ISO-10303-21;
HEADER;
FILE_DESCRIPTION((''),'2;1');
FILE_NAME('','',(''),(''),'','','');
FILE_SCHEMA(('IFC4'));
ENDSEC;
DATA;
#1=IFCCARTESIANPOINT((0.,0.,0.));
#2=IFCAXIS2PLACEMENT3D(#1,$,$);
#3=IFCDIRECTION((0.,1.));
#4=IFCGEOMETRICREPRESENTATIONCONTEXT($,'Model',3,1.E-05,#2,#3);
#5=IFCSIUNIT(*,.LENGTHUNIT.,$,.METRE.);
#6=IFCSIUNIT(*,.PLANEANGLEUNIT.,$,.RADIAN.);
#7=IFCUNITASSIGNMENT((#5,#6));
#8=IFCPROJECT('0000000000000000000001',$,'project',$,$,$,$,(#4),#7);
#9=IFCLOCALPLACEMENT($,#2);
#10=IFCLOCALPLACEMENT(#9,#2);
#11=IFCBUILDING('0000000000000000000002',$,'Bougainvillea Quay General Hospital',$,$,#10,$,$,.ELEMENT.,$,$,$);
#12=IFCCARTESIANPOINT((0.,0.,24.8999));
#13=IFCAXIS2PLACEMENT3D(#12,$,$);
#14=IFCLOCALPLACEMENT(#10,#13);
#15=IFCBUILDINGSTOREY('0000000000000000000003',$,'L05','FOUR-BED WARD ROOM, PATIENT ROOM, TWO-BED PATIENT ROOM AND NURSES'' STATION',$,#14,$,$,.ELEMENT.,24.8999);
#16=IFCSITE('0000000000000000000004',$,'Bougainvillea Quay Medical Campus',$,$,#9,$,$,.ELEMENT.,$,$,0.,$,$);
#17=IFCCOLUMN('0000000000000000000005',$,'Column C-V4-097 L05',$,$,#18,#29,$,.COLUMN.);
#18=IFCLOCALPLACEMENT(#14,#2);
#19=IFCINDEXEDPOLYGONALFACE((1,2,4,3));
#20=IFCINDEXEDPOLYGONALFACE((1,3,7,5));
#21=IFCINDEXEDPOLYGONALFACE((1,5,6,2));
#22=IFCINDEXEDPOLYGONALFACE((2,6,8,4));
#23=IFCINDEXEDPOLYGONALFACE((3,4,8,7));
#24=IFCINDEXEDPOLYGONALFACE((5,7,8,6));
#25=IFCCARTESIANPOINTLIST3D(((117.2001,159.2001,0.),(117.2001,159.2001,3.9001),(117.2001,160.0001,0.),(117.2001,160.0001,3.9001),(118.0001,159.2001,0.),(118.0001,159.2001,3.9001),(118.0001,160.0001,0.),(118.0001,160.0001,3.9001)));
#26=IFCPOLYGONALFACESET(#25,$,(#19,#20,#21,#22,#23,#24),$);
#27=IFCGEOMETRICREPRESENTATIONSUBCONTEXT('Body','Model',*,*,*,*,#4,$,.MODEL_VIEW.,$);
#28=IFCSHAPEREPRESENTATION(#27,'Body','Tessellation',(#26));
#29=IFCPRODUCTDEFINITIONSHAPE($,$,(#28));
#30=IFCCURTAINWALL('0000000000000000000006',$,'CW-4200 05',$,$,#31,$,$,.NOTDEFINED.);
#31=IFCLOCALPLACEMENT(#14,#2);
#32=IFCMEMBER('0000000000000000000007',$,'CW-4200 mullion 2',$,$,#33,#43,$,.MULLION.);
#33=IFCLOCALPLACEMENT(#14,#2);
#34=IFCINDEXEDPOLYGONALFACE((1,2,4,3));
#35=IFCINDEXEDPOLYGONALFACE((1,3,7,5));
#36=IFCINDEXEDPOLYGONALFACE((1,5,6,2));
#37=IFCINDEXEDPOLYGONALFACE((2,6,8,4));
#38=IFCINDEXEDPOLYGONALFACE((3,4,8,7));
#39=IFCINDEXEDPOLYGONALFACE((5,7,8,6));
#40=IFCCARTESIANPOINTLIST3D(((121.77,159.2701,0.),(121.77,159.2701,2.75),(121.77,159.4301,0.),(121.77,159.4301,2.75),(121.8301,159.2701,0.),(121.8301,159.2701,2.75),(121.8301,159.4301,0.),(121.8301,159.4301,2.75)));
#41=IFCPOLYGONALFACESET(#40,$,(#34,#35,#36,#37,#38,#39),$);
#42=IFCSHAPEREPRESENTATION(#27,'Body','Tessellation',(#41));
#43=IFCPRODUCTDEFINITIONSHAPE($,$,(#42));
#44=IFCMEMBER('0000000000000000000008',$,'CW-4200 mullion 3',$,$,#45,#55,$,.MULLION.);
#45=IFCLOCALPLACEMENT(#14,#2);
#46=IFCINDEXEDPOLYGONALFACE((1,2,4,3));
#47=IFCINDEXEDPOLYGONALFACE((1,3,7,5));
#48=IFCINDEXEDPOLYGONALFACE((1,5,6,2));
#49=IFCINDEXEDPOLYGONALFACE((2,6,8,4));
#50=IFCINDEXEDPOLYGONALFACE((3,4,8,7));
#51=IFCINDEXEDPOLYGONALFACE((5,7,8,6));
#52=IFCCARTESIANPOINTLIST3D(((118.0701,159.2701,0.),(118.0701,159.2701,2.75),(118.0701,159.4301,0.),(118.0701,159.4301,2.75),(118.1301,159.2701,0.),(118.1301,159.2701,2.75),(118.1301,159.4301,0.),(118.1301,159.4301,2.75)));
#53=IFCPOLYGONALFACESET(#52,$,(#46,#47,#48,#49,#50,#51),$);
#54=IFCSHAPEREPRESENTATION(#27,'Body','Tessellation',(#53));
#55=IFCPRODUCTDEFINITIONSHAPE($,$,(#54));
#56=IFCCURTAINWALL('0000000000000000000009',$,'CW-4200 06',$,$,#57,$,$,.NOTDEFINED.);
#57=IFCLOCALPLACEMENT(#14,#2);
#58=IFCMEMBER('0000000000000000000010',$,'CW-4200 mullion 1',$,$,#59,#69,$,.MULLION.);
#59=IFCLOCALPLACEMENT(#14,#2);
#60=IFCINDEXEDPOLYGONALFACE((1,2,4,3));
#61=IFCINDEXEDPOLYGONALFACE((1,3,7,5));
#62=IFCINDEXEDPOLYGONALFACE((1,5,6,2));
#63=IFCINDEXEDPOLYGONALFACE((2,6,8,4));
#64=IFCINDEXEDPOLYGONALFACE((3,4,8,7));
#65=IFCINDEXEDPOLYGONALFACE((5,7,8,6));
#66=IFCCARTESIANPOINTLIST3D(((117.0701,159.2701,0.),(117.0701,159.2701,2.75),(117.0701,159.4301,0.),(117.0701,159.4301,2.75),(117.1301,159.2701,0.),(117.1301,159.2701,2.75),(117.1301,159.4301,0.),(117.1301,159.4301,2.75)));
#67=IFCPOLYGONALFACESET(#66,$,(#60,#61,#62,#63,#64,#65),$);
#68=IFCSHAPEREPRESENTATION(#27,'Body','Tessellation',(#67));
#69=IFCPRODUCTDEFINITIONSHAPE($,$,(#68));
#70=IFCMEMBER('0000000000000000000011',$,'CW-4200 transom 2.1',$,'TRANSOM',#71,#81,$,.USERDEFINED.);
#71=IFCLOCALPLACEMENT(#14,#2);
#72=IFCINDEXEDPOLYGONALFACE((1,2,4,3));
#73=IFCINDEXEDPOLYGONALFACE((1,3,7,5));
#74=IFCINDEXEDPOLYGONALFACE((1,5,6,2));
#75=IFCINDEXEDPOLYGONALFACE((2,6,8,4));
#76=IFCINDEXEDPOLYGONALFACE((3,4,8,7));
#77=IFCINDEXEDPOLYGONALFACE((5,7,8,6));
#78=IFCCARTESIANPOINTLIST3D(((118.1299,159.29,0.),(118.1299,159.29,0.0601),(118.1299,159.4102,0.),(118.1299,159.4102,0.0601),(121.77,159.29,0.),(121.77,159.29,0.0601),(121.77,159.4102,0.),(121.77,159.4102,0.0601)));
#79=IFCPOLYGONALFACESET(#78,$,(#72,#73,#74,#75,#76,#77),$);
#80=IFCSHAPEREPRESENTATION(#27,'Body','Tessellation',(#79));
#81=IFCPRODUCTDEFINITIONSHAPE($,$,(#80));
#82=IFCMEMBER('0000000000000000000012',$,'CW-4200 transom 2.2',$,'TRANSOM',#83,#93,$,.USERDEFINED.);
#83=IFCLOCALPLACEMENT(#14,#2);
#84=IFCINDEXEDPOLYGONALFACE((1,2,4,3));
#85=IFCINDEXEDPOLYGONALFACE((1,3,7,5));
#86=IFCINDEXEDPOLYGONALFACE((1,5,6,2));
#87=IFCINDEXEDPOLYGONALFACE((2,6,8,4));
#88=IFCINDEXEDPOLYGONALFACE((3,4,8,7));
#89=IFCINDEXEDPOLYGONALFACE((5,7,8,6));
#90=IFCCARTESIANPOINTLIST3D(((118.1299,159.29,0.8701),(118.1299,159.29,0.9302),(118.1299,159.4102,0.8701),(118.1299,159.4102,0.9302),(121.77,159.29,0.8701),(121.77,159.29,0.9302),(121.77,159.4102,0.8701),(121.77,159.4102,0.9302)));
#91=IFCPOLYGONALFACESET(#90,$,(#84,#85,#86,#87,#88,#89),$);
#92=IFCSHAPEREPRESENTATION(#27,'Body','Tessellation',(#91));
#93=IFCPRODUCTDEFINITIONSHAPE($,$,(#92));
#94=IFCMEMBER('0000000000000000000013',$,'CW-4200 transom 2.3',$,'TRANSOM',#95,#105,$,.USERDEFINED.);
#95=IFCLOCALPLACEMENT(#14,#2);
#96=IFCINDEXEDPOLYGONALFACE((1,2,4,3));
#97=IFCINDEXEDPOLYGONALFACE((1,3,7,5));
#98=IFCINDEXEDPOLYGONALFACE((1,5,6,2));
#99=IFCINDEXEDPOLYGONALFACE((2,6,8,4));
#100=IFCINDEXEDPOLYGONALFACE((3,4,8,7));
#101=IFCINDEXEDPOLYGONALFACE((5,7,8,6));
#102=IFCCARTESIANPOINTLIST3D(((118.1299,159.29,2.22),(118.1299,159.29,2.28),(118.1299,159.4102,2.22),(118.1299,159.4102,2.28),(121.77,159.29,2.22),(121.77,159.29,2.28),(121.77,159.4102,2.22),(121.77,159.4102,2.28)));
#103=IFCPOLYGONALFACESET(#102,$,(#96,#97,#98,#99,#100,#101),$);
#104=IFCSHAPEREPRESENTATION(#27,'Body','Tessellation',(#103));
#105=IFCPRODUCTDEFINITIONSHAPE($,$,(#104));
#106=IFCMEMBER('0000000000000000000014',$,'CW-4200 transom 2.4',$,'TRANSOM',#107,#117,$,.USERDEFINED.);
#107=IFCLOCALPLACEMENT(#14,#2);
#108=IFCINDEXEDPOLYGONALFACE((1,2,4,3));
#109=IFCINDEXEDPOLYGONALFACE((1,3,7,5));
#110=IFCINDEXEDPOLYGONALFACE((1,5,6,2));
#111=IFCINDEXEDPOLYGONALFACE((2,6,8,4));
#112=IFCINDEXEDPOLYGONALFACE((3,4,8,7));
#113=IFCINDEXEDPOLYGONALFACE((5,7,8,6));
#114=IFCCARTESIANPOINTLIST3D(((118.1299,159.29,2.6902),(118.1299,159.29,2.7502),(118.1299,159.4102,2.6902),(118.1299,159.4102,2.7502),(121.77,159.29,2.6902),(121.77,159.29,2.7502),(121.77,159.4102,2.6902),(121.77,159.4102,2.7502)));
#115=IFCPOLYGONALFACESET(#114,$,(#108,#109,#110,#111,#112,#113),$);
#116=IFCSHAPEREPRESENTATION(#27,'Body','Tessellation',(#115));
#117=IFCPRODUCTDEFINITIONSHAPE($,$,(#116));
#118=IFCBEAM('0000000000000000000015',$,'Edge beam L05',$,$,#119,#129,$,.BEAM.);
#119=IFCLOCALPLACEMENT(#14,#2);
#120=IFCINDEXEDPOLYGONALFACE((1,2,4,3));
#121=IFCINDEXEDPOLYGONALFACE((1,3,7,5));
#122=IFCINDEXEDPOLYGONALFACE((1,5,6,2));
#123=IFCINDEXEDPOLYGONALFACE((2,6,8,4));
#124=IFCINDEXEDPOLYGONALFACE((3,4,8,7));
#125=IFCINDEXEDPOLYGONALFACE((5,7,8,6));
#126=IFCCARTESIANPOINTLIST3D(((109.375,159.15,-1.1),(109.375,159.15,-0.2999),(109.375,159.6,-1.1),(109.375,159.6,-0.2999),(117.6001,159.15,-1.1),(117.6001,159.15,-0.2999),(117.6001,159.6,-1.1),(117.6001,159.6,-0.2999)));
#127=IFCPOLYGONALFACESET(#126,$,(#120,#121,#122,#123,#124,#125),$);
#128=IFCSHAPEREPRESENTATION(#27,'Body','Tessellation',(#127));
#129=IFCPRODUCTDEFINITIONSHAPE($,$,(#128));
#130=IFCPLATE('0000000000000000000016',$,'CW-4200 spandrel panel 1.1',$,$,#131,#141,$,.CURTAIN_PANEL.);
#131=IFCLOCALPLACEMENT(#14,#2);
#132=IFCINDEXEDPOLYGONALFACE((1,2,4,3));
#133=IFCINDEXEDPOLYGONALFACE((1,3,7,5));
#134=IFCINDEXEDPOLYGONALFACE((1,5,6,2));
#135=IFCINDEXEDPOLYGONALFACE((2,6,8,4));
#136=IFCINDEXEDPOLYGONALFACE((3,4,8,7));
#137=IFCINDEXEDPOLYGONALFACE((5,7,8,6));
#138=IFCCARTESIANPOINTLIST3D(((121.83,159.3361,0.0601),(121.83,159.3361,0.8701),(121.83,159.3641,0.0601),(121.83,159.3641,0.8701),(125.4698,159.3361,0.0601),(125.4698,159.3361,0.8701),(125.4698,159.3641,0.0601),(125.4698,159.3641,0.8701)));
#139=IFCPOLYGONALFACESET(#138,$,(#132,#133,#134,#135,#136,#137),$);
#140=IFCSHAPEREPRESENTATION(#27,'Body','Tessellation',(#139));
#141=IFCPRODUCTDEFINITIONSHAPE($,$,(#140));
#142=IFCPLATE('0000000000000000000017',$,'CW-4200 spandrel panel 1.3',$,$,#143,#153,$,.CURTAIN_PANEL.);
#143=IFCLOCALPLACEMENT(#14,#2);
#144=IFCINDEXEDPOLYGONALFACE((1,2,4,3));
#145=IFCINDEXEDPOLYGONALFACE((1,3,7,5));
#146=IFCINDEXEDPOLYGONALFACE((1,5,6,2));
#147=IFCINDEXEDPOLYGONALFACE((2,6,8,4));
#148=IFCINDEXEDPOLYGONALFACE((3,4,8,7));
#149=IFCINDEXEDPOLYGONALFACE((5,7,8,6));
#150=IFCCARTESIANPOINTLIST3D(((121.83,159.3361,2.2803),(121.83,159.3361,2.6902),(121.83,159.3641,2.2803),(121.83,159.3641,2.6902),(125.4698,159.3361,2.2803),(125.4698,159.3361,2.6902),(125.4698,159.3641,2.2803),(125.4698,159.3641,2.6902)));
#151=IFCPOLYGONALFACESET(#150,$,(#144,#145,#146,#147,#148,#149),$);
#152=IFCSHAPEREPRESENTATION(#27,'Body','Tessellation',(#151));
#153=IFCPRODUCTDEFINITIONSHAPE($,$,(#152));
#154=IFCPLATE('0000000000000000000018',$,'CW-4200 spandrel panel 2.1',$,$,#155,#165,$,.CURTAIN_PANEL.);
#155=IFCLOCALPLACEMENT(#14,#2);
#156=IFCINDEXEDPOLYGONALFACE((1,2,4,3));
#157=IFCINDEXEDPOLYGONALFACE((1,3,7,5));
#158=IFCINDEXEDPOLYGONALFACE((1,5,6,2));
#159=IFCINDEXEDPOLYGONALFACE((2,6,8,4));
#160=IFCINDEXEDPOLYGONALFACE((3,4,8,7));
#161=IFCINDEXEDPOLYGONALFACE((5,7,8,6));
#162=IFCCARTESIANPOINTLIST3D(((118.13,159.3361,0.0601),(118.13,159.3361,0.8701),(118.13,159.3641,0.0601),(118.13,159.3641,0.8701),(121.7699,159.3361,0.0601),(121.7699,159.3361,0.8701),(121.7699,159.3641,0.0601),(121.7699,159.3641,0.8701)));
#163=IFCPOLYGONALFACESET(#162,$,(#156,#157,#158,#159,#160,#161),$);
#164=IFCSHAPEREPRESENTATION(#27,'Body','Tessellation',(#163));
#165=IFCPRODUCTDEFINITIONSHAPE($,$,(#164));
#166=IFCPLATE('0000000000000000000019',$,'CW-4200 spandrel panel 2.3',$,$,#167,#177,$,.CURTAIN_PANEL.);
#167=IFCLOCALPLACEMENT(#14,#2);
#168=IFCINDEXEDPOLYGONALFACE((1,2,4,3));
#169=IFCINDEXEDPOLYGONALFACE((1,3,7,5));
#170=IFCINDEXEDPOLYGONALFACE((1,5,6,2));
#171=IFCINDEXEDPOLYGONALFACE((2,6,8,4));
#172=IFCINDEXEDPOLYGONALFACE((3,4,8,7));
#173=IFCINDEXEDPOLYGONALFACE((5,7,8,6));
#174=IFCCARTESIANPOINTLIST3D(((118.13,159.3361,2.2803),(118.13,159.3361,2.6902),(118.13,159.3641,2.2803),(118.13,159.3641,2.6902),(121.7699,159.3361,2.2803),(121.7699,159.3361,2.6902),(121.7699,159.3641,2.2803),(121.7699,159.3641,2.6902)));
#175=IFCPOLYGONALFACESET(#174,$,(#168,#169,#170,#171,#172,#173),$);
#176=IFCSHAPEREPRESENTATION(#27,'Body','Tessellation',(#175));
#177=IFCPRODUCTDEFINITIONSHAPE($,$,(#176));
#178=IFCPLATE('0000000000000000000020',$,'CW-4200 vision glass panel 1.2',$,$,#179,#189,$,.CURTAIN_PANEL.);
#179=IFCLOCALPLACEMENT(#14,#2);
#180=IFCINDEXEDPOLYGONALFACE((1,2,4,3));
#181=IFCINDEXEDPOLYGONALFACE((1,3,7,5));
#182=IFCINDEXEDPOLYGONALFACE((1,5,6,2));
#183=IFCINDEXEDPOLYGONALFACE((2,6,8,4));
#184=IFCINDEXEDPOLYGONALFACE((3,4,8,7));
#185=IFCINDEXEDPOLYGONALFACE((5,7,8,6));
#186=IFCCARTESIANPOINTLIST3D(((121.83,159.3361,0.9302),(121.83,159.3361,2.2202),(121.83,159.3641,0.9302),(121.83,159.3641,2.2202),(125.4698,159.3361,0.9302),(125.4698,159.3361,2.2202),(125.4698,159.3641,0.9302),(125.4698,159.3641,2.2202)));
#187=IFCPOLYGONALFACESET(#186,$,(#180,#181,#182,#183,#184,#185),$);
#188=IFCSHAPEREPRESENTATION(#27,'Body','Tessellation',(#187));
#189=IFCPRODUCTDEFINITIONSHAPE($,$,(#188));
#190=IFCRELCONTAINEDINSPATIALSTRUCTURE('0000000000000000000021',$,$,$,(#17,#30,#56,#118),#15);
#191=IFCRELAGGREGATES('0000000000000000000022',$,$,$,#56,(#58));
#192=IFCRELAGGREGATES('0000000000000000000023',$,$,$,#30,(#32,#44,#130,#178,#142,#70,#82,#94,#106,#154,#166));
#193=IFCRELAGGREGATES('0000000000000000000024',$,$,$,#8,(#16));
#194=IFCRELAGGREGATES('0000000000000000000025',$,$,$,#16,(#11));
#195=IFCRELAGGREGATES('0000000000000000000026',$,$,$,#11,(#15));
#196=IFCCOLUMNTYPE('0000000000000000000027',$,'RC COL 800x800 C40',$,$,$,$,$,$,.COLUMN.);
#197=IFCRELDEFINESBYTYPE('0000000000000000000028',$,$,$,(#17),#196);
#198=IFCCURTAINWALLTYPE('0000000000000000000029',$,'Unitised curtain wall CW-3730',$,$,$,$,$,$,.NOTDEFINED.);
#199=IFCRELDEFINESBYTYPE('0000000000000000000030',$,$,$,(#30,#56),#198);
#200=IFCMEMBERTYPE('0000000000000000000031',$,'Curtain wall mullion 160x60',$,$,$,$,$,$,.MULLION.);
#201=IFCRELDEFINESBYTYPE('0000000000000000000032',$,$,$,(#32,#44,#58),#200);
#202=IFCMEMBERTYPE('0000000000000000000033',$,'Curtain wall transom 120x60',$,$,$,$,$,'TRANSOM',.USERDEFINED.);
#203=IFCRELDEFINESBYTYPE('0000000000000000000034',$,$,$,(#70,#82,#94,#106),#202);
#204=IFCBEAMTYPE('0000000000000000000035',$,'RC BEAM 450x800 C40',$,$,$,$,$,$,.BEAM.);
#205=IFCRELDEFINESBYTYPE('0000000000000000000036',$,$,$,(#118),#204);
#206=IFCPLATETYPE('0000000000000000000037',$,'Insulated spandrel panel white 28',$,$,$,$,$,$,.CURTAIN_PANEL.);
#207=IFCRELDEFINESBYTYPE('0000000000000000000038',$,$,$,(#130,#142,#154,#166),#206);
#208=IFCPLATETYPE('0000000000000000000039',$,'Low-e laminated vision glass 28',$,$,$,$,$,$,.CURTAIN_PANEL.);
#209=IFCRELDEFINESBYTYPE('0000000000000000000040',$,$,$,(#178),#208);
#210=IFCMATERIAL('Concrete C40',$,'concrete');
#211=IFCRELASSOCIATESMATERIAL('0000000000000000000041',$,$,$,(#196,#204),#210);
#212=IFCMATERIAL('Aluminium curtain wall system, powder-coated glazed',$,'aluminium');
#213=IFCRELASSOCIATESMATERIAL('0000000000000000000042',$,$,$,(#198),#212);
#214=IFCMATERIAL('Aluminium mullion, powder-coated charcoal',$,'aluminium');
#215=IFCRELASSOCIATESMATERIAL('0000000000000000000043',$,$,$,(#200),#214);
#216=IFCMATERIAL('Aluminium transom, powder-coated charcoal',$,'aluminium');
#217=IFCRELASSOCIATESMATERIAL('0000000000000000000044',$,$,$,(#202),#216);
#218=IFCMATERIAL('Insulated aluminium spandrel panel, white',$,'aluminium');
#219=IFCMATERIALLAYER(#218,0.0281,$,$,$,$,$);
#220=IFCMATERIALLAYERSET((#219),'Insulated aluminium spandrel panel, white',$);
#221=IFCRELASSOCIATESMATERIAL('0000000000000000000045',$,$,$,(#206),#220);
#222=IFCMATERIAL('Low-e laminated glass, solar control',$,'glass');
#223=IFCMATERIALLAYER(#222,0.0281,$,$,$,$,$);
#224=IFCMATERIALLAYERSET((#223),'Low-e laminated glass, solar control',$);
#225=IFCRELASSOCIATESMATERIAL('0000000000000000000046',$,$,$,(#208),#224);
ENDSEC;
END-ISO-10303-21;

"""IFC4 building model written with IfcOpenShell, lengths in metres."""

from ifc_helpers import new_model, si_unit, direction, frame, origin, origin_2d, place, context, subcontext, project, spatial, rectangle, extrude, material, layer, layer_set, material_profile, profile_set, type_object, element, aggregate, save


model = new_model("IFC4")

# Units and contexts
model_context = context("Model", 3, precision=1e-05, world=origin(), true_north=direction((0.0, 1.0)))
body_context = subcontext(model_context, "Body", "Model", "MODEL_VIEW")
ifc_project = project(units=[si_unit("LENGTHUNIT", "METRE"), si_unit("PLANEANGLEUNIT", "RADIAN")], contexts=[model_context])

# Site, building, storey
site_placement = place(None, origin())
site = spatial("IfcSite", under=ifc_project, at=site_placement, Name="Bougainvillea Quay Medical Campus", CompositionType="ELEMENT", RefElevation=0.0)
building_placement = place(site_placement, origin())
building = spatial("IfcBuilding", under=site, at=building_placement, Name="Bougainvillea Quay General Hospital", CompositionType="ELEMENT")
storey_placement = place(building_placement, frame((0.0, 0.0, 24.8999)))
storey = spatial("IfcBuildingStorey", under=building, at=storey_placement, Name="L05", Description="FOUR-BED WARD ROOM, PATIENT ROOM, TWO-BED PATIENT ROOM AND NURSES' STATION", CompositionType="ELEMENT", Elevation=24.8999)

# Column
ifc_material_1 = material(Name="Concrete C40", Category="concrete")
ifc_material_profile_1 = material_profile(ifc_material_1, rectangle(XDim=0.8, YDim=0.8, at=origin_2d()))
ifc_profile_set_1 = profile_set([ifc_material_profile_1], Name="Concrete C40")
column_type = type_object("IfcColumnType", Name="RC COL 800x800 C40", PredefinedType="COLUMN", material=ifc_profile_set_1)
column_placement = place(storey_placement, frame((117.6001, 159.6001, 0.0), z_axis=(0.0, 0.0, 1.0), x_axis=(1.0, 0.0, 0.0)))
element("IfcColumn", 1, at=column_placement, inside=storey, type_object=column_type, Name="Column C-V4-097 L05", PredefinedType="COLUMN", context=body_context, shape_type="SweptSolid", body=[
    extrude(rectangle(XDim=0.8, YDim=0.8, at=origin_2d()), origin(), (0.0, 0.0, 1.0), 3.9001),
])

# Curtain wall, members
ifc_material_2 = material(Name="Aluminium curtain wall system, powder-coated glazed", Category="aluminium")
curtain_wall_type = type_object("IfcCurtainWallType", Name="Unitised curtain wall CW-3730", PredefinedType="NOTDEFINED", material=ifc_material_2)
curtain_wall_1_placement = place(storey_placement, origin())
curtain_wall_1 = element("IfcCurtainWall", 2, at=curtain_wall_1_placement, inside=storey, type_object=curtain_wall_type, Name="CW-4200 05", PredefinedType="NOTDEFINED")
ifc_material_3 = material(Name="Aluminium mullion, powder-coated charcoal", Category="aluminium")
ifc_material_profile_2 = material_profile(ifc_material_3, rectangle(XDim=0.1599, YDim=0.0601, at=origin_2d()))
ifc_profile_set_2 = profile_set([ifc_material_profile_2], Name="Aluminium mullion, powder-coated charcoal")
member_type_1 = type_object("IfcMemberType", Name="Curtain wall mullion 160x60", PredefinedType="MULLION", material=ifc_profile_set_2)
member_1_placement = place(storey_placement, frame((121.8, 159.3501, 0.0), z_axis=(0.0, 0.0, 1.0), x_axis=(0.0, -1.0, 0.0)))
member_1 = element("IfcMember", 3, at=member_1_placement, type_object=member_type_1, Name="CW-4200 mullion 2", PredefinedType="MULLION", context=body_context, shape_type="SweptSolid", body=[
    extrude(rectangle(XDim=0.1599, YDim=0.0601, at=origin_2d()), origin(), (0.0, 0.0, 1.0), 2.75),
])
member_2_placement = place(storey_placement, frame((118.1001, 159.3501, 0.0), z_axis=(0.0, 0.0, 1.0), x_axis=(0.0, -1.0, 0.0)))
member_2 = element("IfcMember", 4, at=member_2_placement, type_object=member_type_1, Name="CW-4200 mullion 3", PredefinedType="MULLION", context=body_context, shape_type="SweptSolid", body=[
    extrude(rectangle(XDim=0.1599, YDim=0.0601, at=origin_2d()), origin(), (0.0, 0.0, 1.0), 2.75),
])

# Curtain wall, member
curtain_wall_2_placement = place(storey_placement, origin())
curtain_wall_2 = element("IfcCurtainWall", 5, at=curtain_wall_2_placement, inside=storey, type_object=curtain_wall_type, Name="CW-4200 06", PredefinedType="NOTDEFINED")
member_3_placement = place(storey_placement, frame((117.1001, 159.3501, 0.0), z_axis=(0.0, 0.0, 1.0), x_axis=(0.0, -1.0, 0.0)))
member_3 = element("IfcMember", 6, at=member_3_placement, type_object=member_type_1, Name="CW-4200 mullion 1", PredefinedType="MULLION", context=body_context, shape_type="SweptSolid", body=[
    extrude(rectangle(XDim=0.1599, YDim=0.0601, at=origin_2d()), origin(), (0.0, 0.0, 1.0), 2.75),
])
aggregate(curtain_wall_2, [member_3])

# Members
ifc_material_4 = material(Name="Aluminium transom, powder-coated charcoal", Category="aluminium")
ifc_material_profile_3 = material_profile(ifc_material_4, rectangle(XDim=0.1201, YDim=0.0601, at=origin_2d()))
ifc_profile_set_3 = profile_set([ifc_material_profile_3], Name="Aluminium transom, powder-coated charcoal")
member_type_2 = type_object("IfcMemberType", Name="Curtain wall transom 120x60", ElementType="TRANSOM", PredefinedType="USERDEFINED", material=ifc_profile_set_3)
member_4_placement = place(storey_placement, frame((121.77, 159.3501, 0.03), z_axis=(-1.0, 0.0, 0.0), x_axis=(0.0, -1.0, 0.0)))
member_4 = element("IfcMember", 7, at=member_4_placement, type_object=member_type_2, Name="CW-4200 transom 2.1", ObjectType="TRANSOM", PredefinedType="USERDEFINED", context=body_context, shape_type="SweptSolid", body=[
    extrude(rectangle(XDim=0.1201, YDim=0.0601, at=origin_2d()), origin(), (0.0, 0.0, 1.0), 3.6401),
])
member_5_placement = place(storey_placement, frame((121.77, 159.3501, 0.9001), z_axis=(-1.0, 0.0, 0.0), x_axis=(0.0, -1.0, 0.0)))
member_5 = element("IfcMember", 8, at=member_5_placement, type_object=member_type_2, Name="CW-4200 transom 2.2", ObjectType="TRANSOM", PredefinedType="USERDEFINED", context=body_context, shape_type="SweptSolid", body=[
    extrude(rectangle(XDim=0.1201, YDim=0.0601, at=origin_2d()), origin(), (0.0, 0.0, 1.0), 3.6401),
])
member_6_placement = place(storey_placement, frame((121.77, 159.3501, 2.25), z_axis=(-1.0, 0.0, 0.0), x_axis=(0.0, -1.0, 0.0)))
member_6 = element("IfcMember", 9, at=member_6_placement, type_object=member_type_2, Name="CW-4200 transom 2.3", ObjectType="TRANSOM", PredefinedType="USERDEFINED", context=body_context, shape_type="SweptSolid", body=[
    extrude(rectangle(XDim=0.1201, YDim=0.0601, at=origin_2d()), origin(), (0.0, 0.0, 1.0), 3.6401),
])
member_7_placement = place(storey_placement, frame((121.77, 159.3501, 2.7202), z_axis=(-1.0, 0.0, 0.0), x_axis=(0.0, -1.0, 0.0)))
member_7 = element("IfcMember", 10, at=member_7_placement, type_object=member_type_2, Name="CW-4200 transom 2.4", ObjectType="TRANSOM", PredefinedType="USERDEFINED", context=body_context, shape_type="SweptSolid", body=[
    extrude(rectangle(XDim=0.1201, YDim=0.0601, at=origin_2d()), origin(), (0.0, 0.0, 1.0), 3.6401),
])

# Beam
ifc_material_profile_4 = material_profile(ifc_material_1, rectangle(XDim=0.45, YDim=0.8, at=origin_2d()))
ifc_profile_set_4 = profile_set([ifc_material_profile_4], Name="Concrete C40")
beam_type = type_object("IfcBeamType", Name="RC BEAM 450x800 C40", PredefinedType="BEAM", material=ifc_profile_set_4)
beam_placement = place(storey_placement, frame((117.6001, 159.375, -0.7), z_axis=(-1.0, 0.0, 0.0), x_axis=(0.0, -1.0, 0.0)))
element("IfcBeam", 11, at=beam_placement, inside=storey, type_object=beam_type, Name="Edge beam L05", PredefinedType="BEAM", context=body_context, shape_type="SweptSolid", body=[
    extrude(rectangle(XDim=0.45, YDim=0.8, at=origin_2d()), origin(), (0.0, 0.0, 1.0), 8.2251),
])

# Plates
ifc_material_5 = material(Name="Insulated aluminium spandrel panel, white", Category="aluminium")
ifc_layer_1 = layer(ifc_material_5, 0.0281)
ifc_layer_set_1 = layer_set([ifc_layer_1], Name="Insulated aluminium spandrel panel, white")
plate_type_1 = type_object("IfcPlateType", Name="Insulated spandrel panel white 28", PredefinedType="CURTAIN_PANEL", material=ifc_layer_set_1)
plate_1_placement = place(storey_placement, frame((123.6499, 159.3501, 0.0601), z_axis=(0.0, 0.0, 1.0), x_axis=(-1.0, 0.0, 0.0)))
plate_1 = element("IfcPlate", 12, at=plate_1_placement, type_object=plate_type_1, Name="CW-4200 spandrel panel 1.1", PredefinedType="CURTAIN_PANEL", context=body_context, shape_type="SweptSolid", body=[
    extrude(rectangle(XDim=3.6399, YDim=0.0281, at=origin_2d()), origin(), (0.0, 0.0, 1.0), 0.8101),
])
plate_2_placement = place(storey_placement, frame((123.6499, 159.3501, 2.2803), z_axis=(0.0, 0.0, 1.0), x_axis=(-1.0, 0.0, 0.0)))
plate_2 = element("IfcPlate", 13, at=plate_2_placement, type_object=plate_type_1, Name="CW-4200 spandrel panel 1.3", PredefinedType="CURTAIN_PANEL", context=body_context, shape_type="SweptSolid", body=[
    extrude(rectangle(XDim=3.6399, YDim=0.0281, at=origin_2d()), origin(), (0.0, 0.0, 1.0), 0.4099),
])
plate_3_placement = place(storey_placement, frame((119.95, 159.3501, 0.0601), z_axis=(0.0, 0.0, 1.0), x_axis=(-1.0, 0.0, 0.0)))
plate_3 = element("IfcPlate", 14, at=plate_3_placement, type_object=plate_type_1, Name="CW-4200 spandrel panel 2.1", PredefinedType="CURTAIN_PANEL", context=body_context, shape_type="SweptSolid", body=[
    extrude(rectangle(XDim=3.6399, YDim=0.0281, at=origin_2d()), origin(), (0.0, 0.0, 1.0), 0.8101),
])
plate_4_placement = place(storey_placement, frame((119.95, 159.3501, 2.2803), z_axis=(0.0, 0.0, 1.0), x_axis=(-1.0, 0.0, 0.0)))
plate_4 = element("IfcPlate", 15, at=plate_4_placement, type_object=plate_type_1, Name="CW-4200 spandrel panel 2.3", PredefinedType="CURTAIN_PANEL", context=body_context, shape_type="SweptSolid", body=[
    extrude(rectangle(XDim=3.6399, YDim=0.0281, at=origin_2d()), origin(), (0.0, 0.0, 1.0), 0.4099),
])
ifc_material_6 = material(Name="Low-e laminated glass, solar control", Category="glass")
ifc_layer_2 = layer(ifc_material_6, 0.0281)
ifc_layer_set_2 = layer_set([ifc_layer_2], Name="Low-e laminated glass, solar control")
plate_type_2 = type_object("IfcPlateType", Name="Low-e laminated vision glass 28", PredefinedType="CURTAIN_PANEL", material=ifc_layer_set_2)
plate_5_placement = place(storey_placement, frame((123.6499, 159.3501, 0.9302), z_axis=(0.0, 0.0, 1.0), x_axis=(-1.0, 0.0, 0.0)))
plate_5 = element("IfcPlate", 16, at=plate_5_placement, type_object=plate_type_2, Name="CW-4200 vision glass panel 1.2", PredefinedType="CURTAIN_PANEL", context=body_context, shape_type="SweptSolid", body=[
    extrude(rectangle(XDim=3.6399, YDim=0.0281, at=origin_2d()), origin(), (0.0, 0.0, 1.0), 1.29),
])
aggregate(curtain_wall_1, [member_1, member_2, plate_1, plate_5, plate_2, member_4, member_5, member_6, member_7, plate_3, plate_4])

save(model, "model.ifc")
